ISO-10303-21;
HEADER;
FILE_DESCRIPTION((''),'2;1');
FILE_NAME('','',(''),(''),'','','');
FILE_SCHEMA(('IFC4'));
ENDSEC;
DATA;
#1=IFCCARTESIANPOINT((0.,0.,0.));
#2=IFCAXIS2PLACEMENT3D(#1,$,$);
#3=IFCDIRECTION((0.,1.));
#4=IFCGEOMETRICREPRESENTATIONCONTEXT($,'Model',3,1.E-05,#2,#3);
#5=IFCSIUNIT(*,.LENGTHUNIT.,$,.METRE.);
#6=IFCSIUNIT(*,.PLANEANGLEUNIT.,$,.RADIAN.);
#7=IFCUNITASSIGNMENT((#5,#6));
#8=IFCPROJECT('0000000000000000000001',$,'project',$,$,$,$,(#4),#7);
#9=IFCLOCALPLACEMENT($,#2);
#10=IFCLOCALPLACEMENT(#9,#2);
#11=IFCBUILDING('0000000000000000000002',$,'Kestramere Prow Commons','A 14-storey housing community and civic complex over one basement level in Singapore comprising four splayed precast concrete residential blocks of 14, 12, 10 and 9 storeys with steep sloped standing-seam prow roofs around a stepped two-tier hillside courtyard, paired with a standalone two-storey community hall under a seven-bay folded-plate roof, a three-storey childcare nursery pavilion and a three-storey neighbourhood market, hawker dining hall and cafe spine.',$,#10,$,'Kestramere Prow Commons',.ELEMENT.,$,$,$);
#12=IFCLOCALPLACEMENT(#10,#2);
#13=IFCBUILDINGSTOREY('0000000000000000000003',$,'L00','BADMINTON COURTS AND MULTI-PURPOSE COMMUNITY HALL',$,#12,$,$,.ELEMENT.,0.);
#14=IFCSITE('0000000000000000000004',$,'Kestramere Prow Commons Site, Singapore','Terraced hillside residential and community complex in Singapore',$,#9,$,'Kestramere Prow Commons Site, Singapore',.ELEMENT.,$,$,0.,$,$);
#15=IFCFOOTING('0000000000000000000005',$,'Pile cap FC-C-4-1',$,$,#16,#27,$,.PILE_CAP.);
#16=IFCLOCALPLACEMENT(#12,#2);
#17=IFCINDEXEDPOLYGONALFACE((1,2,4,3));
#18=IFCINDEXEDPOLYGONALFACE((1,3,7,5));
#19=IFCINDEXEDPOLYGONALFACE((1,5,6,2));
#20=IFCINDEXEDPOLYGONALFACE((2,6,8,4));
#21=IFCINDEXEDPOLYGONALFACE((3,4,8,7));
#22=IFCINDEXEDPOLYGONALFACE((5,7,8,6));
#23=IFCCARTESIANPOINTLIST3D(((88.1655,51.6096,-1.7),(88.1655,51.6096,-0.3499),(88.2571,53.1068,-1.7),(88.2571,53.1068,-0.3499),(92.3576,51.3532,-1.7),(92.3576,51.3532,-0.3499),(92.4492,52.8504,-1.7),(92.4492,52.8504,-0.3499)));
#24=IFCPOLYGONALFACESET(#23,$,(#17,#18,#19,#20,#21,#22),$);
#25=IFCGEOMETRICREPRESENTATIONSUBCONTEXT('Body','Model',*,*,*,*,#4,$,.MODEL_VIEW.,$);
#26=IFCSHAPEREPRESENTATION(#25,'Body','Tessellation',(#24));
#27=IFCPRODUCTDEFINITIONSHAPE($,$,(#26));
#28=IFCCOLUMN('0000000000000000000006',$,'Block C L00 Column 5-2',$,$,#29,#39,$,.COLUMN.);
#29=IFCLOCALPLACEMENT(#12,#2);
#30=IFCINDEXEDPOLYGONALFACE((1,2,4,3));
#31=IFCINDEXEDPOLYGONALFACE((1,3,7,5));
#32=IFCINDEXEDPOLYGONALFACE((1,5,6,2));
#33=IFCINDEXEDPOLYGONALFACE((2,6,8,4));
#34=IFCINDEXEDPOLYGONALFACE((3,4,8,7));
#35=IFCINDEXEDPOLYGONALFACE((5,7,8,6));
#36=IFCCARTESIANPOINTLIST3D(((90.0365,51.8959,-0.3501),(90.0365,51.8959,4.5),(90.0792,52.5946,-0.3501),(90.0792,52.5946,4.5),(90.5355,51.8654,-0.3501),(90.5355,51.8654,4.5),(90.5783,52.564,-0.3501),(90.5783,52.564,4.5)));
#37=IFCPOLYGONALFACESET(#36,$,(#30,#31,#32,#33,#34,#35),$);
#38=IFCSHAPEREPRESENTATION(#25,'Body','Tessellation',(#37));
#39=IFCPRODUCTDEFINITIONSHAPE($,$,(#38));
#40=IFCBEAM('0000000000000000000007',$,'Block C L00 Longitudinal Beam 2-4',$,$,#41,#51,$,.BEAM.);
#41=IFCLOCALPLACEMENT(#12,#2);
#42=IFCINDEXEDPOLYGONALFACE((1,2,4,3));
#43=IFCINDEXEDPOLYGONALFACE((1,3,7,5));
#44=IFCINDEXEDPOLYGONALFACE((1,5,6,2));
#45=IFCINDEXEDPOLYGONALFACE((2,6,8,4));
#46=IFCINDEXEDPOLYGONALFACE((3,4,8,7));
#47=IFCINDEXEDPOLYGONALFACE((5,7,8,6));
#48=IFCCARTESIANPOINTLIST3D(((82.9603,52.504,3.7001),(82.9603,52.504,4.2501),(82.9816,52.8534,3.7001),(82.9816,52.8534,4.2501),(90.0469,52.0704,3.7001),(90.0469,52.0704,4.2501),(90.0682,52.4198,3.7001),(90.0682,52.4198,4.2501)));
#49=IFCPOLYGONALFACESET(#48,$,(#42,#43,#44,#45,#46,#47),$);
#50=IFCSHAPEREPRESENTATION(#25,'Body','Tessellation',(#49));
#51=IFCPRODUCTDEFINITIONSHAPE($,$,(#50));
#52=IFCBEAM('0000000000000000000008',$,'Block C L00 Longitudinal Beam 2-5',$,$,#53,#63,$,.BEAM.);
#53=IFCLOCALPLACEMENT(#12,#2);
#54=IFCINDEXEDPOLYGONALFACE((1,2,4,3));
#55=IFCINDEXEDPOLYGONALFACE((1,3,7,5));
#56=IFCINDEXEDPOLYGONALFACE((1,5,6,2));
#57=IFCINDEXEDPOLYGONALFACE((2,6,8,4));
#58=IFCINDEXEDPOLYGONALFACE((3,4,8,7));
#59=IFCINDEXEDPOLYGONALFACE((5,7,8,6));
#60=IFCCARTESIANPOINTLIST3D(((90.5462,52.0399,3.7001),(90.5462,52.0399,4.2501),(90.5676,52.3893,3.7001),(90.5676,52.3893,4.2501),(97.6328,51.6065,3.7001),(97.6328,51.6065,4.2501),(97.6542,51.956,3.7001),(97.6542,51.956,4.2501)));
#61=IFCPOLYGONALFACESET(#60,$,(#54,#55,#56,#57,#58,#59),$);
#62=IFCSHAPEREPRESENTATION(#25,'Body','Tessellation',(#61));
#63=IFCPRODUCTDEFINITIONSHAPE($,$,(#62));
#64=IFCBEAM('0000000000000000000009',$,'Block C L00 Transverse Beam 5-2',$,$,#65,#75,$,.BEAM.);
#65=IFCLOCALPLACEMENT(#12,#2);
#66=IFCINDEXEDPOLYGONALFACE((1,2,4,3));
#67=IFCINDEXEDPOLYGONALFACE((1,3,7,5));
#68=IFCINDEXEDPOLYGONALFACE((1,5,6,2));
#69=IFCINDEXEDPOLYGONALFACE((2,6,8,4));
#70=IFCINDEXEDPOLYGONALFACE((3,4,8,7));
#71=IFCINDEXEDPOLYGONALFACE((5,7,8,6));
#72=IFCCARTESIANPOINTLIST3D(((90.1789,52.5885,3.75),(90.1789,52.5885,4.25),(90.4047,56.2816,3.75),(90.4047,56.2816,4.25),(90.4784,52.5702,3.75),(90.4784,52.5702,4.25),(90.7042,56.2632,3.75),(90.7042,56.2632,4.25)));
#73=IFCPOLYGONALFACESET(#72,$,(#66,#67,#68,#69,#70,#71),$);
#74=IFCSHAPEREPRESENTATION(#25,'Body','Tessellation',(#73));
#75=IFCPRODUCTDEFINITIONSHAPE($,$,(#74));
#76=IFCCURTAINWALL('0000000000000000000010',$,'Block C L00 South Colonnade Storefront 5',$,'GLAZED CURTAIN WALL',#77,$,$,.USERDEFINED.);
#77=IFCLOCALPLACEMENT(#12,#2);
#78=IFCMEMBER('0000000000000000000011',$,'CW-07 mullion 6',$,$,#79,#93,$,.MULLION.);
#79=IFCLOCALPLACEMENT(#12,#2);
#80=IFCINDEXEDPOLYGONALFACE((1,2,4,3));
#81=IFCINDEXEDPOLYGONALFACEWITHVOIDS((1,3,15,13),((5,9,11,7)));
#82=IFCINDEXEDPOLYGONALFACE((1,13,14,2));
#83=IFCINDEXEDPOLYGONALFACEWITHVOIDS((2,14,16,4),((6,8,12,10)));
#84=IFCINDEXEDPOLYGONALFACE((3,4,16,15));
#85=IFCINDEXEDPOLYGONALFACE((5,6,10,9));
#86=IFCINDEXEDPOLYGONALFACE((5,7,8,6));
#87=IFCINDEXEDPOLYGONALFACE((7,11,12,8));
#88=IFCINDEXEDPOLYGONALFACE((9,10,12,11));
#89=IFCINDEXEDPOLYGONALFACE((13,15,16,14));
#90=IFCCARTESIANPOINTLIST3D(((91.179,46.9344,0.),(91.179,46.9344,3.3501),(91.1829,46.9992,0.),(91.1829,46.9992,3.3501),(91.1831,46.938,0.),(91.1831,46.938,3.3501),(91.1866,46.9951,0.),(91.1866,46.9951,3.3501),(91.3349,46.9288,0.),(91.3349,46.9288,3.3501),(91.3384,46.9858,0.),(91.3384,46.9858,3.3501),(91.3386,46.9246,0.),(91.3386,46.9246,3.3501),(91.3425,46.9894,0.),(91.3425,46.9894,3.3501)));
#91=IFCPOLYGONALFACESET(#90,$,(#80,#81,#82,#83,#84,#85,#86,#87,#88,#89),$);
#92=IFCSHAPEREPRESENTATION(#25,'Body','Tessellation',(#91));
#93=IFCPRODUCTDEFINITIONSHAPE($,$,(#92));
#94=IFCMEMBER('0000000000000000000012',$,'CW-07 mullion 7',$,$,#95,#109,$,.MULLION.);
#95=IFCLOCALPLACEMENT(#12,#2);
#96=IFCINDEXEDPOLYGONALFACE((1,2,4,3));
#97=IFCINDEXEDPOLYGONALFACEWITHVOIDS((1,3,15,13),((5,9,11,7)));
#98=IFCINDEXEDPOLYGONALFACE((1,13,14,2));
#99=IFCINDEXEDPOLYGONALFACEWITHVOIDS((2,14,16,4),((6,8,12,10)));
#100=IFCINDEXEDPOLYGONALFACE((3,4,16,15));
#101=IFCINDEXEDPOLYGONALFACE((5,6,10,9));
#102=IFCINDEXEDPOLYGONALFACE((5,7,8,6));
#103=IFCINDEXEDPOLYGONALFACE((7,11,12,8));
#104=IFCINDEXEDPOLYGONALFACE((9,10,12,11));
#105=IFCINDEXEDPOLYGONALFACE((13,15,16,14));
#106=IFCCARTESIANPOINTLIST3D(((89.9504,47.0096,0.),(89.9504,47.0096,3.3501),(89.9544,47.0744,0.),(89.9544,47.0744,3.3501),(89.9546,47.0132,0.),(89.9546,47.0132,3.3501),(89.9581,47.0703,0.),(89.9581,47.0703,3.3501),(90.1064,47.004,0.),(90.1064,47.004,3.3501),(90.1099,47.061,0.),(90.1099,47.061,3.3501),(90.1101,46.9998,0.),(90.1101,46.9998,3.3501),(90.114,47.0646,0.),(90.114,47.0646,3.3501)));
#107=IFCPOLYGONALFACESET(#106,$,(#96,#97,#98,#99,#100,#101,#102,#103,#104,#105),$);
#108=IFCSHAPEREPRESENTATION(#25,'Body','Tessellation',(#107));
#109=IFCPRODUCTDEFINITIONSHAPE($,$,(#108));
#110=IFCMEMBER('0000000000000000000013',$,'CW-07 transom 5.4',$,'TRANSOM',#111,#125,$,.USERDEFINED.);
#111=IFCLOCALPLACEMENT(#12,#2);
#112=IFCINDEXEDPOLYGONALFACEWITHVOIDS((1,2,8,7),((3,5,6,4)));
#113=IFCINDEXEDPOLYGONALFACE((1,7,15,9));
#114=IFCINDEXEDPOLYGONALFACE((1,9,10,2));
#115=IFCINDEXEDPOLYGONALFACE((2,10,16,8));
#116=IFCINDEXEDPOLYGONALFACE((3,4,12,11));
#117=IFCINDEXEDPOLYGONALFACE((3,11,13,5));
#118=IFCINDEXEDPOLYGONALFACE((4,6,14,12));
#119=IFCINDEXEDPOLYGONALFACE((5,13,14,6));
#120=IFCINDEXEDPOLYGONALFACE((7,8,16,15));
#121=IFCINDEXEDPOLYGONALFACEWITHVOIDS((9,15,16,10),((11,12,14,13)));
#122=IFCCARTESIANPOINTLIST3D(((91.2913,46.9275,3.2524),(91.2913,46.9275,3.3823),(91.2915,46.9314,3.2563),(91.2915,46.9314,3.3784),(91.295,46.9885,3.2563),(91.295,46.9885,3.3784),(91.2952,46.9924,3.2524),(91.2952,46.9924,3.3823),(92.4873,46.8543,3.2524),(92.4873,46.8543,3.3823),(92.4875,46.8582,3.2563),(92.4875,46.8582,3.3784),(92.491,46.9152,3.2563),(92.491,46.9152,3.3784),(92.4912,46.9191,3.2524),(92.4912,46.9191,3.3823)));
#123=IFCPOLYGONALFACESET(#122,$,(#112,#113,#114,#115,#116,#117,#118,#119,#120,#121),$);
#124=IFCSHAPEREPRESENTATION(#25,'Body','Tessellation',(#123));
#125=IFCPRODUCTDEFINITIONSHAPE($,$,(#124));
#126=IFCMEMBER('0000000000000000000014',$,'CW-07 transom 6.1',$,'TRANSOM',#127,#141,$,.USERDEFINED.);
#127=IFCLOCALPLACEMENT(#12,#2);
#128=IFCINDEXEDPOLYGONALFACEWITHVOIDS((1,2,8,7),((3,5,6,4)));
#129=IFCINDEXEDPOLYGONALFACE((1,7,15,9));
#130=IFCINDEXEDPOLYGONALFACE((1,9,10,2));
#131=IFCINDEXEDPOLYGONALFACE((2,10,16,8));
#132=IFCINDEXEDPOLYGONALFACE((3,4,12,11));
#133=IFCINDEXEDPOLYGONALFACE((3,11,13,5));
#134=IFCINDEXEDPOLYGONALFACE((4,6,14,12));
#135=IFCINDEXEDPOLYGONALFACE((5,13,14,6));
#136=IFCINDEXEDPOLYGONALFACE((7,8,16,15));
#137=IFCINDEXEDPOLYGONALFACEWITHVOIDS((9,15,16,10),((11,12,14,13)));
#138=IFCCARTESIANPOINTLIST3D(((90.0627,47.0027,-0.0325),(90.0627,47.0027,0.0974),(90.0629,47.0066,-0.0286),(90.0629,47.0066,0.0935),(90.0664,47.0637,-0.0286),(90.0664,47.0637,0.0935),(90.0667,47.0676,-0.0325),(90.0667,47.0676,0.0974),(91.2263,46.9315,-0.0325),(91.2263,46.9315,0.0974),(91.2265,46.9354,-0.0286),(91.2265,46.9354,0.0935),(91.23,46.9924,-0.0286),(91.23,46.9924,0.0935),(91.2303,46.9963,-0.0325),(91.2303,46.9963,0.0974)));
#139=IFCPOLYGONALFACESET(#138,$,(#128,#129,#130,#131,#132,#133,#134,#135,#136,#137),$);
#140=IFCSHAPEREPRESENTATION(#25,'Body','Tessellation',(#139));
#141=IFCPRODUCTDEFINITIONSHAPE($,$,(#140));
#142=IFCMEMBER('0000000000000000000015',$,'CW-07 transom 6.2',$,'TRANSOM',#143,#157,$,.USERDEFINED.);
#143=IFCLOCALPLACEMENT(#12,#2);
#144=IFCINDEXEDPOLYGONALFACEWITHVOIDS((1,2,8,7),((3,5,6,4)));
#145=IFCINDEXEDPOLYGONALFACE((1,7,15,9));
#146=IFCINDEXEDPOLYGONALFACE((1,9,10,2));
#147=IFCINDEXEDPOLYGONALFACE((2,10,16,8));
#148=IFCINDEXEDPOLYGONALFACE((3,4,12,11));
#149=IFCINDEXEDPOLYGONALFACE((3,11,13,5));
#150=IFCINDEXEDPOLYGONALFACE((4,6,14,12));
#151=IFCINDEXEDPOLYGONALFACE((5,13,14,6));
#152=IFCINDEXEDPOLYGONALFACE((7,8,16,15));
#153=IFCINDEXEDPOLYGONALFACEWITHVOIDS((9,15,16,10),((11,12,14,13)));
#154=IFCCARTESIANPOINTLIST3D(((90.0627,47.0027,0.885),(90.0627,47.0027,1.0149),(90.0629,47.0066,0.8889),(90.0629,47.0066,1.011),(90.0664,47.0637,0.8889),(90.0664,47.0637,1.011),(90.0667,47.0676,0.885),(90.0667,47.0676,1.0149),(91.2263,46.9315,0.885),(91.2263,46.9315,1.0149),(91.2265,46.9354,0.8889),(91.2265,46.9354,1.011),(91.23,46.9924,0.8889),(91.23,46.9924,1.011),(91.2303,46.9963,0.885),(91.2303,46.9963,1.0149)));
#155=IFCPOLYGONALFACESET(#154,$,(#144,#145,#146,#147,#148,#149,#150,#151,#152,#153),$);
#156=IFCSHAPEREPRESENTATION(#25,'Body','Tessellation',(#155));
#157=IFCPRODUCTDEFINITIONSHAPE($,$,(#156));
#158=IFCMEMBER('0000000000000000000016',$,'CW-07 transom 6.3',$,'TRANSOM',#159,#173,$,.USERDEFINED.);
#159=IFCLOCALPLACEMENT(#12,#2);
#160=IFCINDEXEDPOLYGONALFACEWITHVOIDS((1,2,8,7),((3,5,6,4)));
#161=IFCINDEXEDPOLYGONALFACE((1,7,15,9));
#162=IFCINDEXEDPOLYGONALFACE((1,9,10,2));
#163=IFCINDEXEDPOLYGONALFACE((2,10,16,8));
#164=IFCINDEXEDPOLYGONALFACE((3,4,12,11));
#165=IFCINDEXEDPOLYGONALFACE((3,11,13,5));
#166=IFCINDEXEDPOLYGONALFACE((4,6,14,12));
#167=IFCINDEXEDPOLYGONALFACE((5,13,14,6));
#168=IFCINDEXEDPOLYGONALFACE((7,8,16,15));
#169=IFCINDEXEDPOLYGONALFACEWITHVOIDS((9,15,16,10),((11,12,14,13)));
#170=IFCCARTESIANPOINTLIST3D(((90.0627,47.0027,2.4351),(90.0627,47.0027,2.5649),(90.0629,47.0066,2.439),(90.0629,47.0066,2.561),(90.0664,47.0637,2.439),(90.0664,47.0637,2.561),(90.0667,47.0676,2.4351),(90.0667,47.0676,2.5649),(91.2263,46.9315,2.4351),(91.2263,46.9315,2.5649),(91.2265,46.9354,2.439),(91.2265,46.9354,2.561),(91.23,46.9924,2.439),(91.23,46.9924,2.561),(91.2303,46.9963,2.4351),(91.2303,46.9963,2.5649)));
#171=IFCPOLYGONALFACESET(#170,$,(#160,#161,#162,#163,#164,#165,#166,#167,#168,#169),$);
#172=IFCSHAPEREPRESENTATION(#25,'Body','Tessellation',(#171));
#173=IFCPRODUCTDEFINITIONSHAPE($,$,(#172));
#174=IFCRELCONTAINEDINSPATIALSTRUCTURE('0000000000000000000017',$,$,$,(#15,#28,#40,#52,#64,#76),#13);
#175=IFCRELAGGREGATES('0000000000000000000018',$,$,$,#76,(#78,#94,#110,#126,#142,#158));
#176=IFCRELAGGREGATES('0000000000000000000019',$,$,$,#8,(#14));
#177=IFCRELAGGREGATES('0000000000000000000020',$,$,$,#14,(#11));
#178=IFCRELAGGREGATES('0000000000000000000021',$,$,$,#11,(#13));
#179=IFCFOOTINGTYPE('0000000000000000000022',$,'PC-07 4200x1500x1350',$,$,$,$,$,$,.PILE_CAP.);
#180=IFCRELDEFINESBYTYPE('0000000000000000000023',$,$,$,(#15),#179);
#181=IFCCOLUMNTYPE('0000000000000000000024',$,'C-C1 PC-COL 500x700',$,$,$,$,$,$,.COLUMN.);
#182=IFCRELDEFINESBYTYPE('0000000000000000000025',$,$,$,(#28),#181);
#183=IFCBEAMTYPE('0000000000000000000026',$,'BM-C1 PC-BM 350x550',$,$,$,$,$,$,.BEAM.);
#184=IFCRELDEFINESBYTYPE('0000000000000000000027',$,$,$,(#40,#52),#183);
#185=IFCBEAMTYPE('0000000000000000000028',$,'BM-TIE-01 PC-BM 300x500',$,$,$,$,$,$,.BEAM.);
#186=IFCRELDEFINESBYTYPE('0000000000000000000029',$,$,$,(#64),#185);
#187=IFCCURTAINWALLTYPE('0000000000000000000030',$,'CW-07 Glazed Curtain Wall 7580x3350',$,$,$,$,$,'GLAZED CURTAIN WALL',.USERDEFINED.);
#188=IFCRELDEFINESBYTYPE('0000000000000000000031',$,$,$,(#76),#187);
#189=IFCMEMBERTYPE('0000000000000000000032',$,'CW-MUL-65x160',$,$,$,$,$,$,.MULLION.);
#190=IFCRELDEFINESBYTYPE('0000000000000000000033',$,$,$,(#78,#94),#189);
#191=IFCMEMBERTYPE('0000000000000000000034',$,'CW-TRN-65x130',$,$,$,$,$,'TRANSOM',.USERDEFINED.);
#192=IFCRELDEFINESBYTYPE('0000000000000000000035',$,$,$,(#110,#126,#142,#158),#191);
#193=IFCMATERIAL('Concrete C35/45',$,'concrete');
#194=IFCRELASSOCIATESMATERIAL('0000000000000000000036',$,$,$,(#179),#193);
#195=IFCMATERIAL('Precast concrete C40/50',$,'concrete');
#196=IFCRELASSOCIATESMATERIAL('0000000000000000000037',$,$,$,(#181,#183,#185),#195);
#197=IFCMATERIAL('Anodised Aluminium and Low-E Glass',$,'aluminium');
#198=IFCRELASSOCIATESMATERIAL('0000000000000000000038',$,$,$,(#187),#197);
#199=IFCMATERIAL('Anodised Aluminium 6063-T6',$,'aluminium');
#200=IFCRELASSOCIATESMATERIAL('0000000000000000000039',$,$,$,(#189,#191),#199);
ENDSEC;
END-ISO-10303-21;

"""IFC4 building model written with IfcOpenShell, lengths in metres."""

from ifc_helpers import new_model, si_unit, direction, frame, origin, origin_2d, place, context, subcontext, project, spatial, rectangle, hollow_rectangle, extrude, material, material_profile, profile_set, type_object, element, aggregate, save


model = new_model("IFC4")

# Units and contexts
model_context = context("Model", 3, precision=1e-05, world=origin(), true_north=direction((0.0, 1.0)))
body_context = subcontext(model_context, "Body", "Model", "MODEL_VIEW")
ifc_project = project(units=[si_unit("LENGTHUNIT", "METRE"), si_unit("PLANEANGLEUNIT", "RADIAN")], contexts=[model_context])

# Site, building, storey
site_placement = place(None, origin())
site = spatial("IfcSite", under=ifc_project, at=site_placement, Name="Kestramere Prow Commons Site, Singapore", Description="Terraced hillside residential and community complex in Singapore", LongName="Kestramere Prow Commons Site, Singapore", CompositionType="ELEMENT", RefElevation=0.0)
building_placement = place(site_placement, origin())
building = spatial("IfcBuilding", under=site, at=building_placement, Name="Kestramere Prow Commons", Description="A 14-storey housing community and civic complex over one basement level in Singapore comprising four splayed precast concrete residential blocks of 14, 12, 10 and 9 storeys with steep sloped standing-seam prow roofs around a stepped two-tier hillside courtyard, paired with a standalone two-storey community hall under a seven-bay folded-plate roof, a three-storey childcare nursery pavilion and a three-storey neighbourhood market, hawker dining hall and cafe spine.", LongName="Kestramere Prow Commons", CompositionType="ELEMENT")
storey_placement = place(building_placement, origin())
storey = spatial("IfcBuildingStorey", under=building, at=storey_placement, Name="L00", Description="BADMINTON COURTS AND MULTI-PURPOSE COMMUNITY HALL", CompositionType="ELEMENT", Elevation=0.0)

# Shared definitions
ifc_material_1 = material(Name="Concrete C35/45", Category="concrete")

# Footing
footing_type_1 = type_object("IfcFootingType", Name="PC-07 4200x1500x1350", PredefinedType="PILE_CAP", material=ifc_material_1)
footing_1_placement = place(storey_placement, frame((90.3074, 52.23, -1.7), z_axis=(0.0, 0.0, 1.0), x_axis=(0.998135, -0.061049, 0.0)))
element("IfcFooting", 1, at=footing_1_placement, inside=storey, type_object=footing_type_1, Name="Pile cap FC-C-4-1", PredefinedType="PILE_CAP", context=body_context, shape_type="SweptSolid", body=[
    extrude(rectangle(XDim=4.2, YDim=1.5, at=origin_2d()), origin(), (0.0, 0.0, 1.0), 1.3501),
])

# Column
ifc_material_2 = material(Name="Precast concrete C40/50", Category="concrete")
ifc_material_profile_1 = material_profile(ifc_material_2, rectangle(XDim=0.5, YDim=0.7, at=origin_2d()), Name="PC-COL 500x700")
ifc_profile_set_1 = profile_set([ifc_material_profile_1], Name="Precast concrete C40/50")
column_type = type_object("IfcColumnType", Name="C-C1 PC-COL 500x700", PredefinedType="COLUMN", material=ifc_profile_set_1)
column_placement = place(storey_placement, frame((90.3074, 52.23, -0.3501), z_axis=(0.0, 0.0, 1.0), x_axis=(0.998135, -0.061049, 0.0)))
element("IfcColumn", 2, at=column_placement, inside=storey, type_object=column_type, Name="Block C L00 Column 5-2", PredefinedType="COLUMN", context=body_context, shape_type="SweptSolid", body=[
    extrude(rectangle(XDim=0.5, YDim=0.7, at=origin_2d()), origin(), (0.0, 0.0, 1.0), 4.8501),
])

# Beams
ifc_material_profile_2 = material_profile(ifc_material_2, rectangle(XDim=0.3501, YDim=0.55, at=origin_2d()), Name="PC-BM 350x550")
ifc_profile_set_2 = profile_set([ifc_material_profile_2], Name="Precast concrete C40/50")
beam_type_1 = type_object("IfcBeamType", Name="BM-C1 PC-BM 350x550", PredefinedType="BEAM", material=ifc_profile_set_2)
for number, where, z_axis, x_axis, name in (
    (3, (82.9709, 52.6787, 3.9751), (0.998133, -0.06107, 0.0), (0.06107, 0.998133, 0.0), "Block C L00 Longitudinal Beam 2-4"),
    (4, (90.5569, 52.2146, 3.9751), (0.998136, -0.061036, 0.0), (0.061036, 0.998136, 0.0), "Block C L00 Longitudinal Beam 2-5"),
):
    element("IfcBeam", number, at=place(storey_placement, frame(where, z_axis=z_axis, x_axis=x_axis)), inside=storey, type_object=beam_type_1, Name=name, PredefinedType="BEAM", context=body_context, shape_type="SweptSolid", body=[
        extrude(rectangle(XDim=0.3501, YDim=0.55, at=origin_2d()), origin(), (0.0, 0.0, 1.0), 7.0999),
    ])
ifc_material_profile_3 = material_profile(ifc_material_2, rectangle(XDim=0.3, YDim=0.5, at=origin_2d()), Name="PC-BM 300x500")
ifc_profile_set_3 = profile_set([ifc_material_profile_3], Name="Precast concrete C40/50")
beam_type_2 = type_object("IfcBeamType", Name="BM-TIE-01 PC-BM 300x500", PredefinedType="BEAM", material=ifc_profile_set_3)
beam_placement = place(storey_placement, frame((90.3286, 52.5793, 4.0), z_axis=(0.061035, 0.998136, 0.0), x_axis=(-0.998136, 0.061035, 0.0)))
element("IfcBeam", 5, at=beam_placement, inside=storey, type_object=beam_type_2, Name="Block C L00 Transverse Beam 5-2", PredefinedType="BEAM", context=body_context, shape_type="SweptSolid", body=[
    extrude(rectangle(XDim=0.3, YDim=0.5, at=origin_2d()), origin(), (0.0, 0.0, 1.0), 3.7),
])

# Curtain wall, members
ifc_material_3 = material(Name="Anodised Aluminium and Low-E Glass", Category="aluminium")
curtain_wall_type = type_object("IfcCurtainWallType", Name="CW-07 Glazed Curtain Wall 7580x3350", ElementType="GLAZED CURTAIN WALL", PredefinedType="USERDEFINED", material=ifc_material_3)
curtain_wall_placement = place(storey_placement, origin())
curtain_wall = element("IfcCurtainWall", 6, at=curtain_wall_placement, inside=storey, type_object=curtain_wall_type, Name="Block C L00 South Colonnade Storefront 5", ObjectType="GLAZED CURTAIN WALL", PredefinedType="USERDEFINED")
ifc_material_4 = material(Name="Anodised Aluminium 6063-T6", Category="aluminium")
ifc_material_profile_4 = material_profile(ifc_material_4, hollow_rectangle(XDim=0.0649, YDim=0.1599, WallThickness=0.0039, at=origin_2d()), Name="ALU-MUL 65x160")
ifc_profile_set_4 = profile_set([ifc_material_profile_4], Name="Anodised Aluminium 6063-T6")
member_type_1 = type_object("IfcMemberType", Name="CW-MUL-65x160", PredefinedType="MULLION", material=ifc_profile_set_4)
member_1_placement = place(storey_placement, frame((91.2607, 46.9619, 0.0), z_axis=(0.0, 0.0, 1.0), x_axis=(-0.061049, -0.998135, 0.0)))
member_1 = element("IfcMember", 7, at=member_1_placement, type_object=member_type_1, Name="CW-07 mullion 6", PredefinedType="MULLION", context=body_context, shape_type="SweptSolid", body=[
    extrude(hollow_rectangle(XDim=0.0649, YDim=0.1599, WallThickness=0.0039, at=origin_2d()), origin(), (0.0, 0.0, 1.0), 3.3501),
])
member_2_placement = place(storey_placement, frame((90.0322, 47.0371, 0.0), z_axis=(0.0, 0.0, 1.0), x_axis=(-0.061049, -0.998135, 0.0)))
member_2 = element("IfcMember", 8, at=member_2_placement, type_object=member_type_1, Name="CW-07 mullion 7", PredefinedType="MULLION", context=body_context, shape_type="SweptSolid", body=[
    extrude(hollow_rectangle(XDim=0.0649, YDim=0.1599, WallThickness=0.0039, at=origin_2d()), origin(), (0.0, 0.0, 1.0), 3.3501),
])
ifc_material_profile_5 = material_profile(ifc_material_4, hollow_rectangle(XDim=0.0649, YDim=0.1299, WallThickness=0.0039, at=origin_2d()), Name="ALU-TRN 65x130")
ifc_profile_set_5 = profile_set([ifc_material_profile_5], Name="Anodised Aluminium 6063-T6")
member_type_2 = type_object("IfcMemberType", Name="CW-TRN-65x130", ElementType="TRANSOM", PredefinedType="USERDEFINED", material=ifc_profile_set_5)
member_3_placement = place(storey_placement, frame((92.4893, 46.8867, 3.3174), z_axis=(-0.99813, 0.061122, 0.0), x_axis=(-0.061122, -0.99813, 0.0)))
member_3 = element("IfcMember", 9, at=member_3_placement, type_object=member_type_2, Name="CW-07 transom 5.4", ObjectType="TRANSOM", PredefinedType="USERDEFINED", context=body_context, shape_type="SweptSolid", body=[
    extrude(hollow_rectangle(XDim=0.0649, YDim=0.1299, WallThickness=0.0039, at=origin_2d()), origin(), (0.0, 0.0, 1.0), 1.1982),
])
member_4_placement = place(storey_placement, frame((91.2283, 46.9639, 0.0325), z_axis=(-0.998128, 0.061153, 0.0), x_axis=(-0.061153, -0.998128, 0.0)))
member_4 = element("IfcMember", 10, at=member_4_placement, type_object=member_type_2, Name="CW-07 transom 6.1", ObjectType="TRANSOM", PredefinedType="USERDEFINED", context=body_context, shape_type="SweptSolid", body=[
    extrude(hollow_rectangle(XDim=0.0649, YDim=0.1299, WallThickness=0.0039, at=origin_2d()), origin(), (0.0, 0.0, 1.0), 1.1658),
])
member_5_placement = place(storey_placement, frame((91.2283, 46.9639, 0.95), z_axis=(-0.998128, 0.061153, 0.0), x_axis=(-0.061153, -0.998128, 0.0)))
member_5 = element("IfcMember", 11, at=member_5_placement, type_object=member_type_2, Name="CW-07 transom 6.2", ObjectType="TRANSOM", PredefinedType="USERDEFINED", context=body_context, shape_type="SweptSolid", body=[
    extrude(hollow_rectangle(XDim=0.0649, YDim=0.1299, WallThickness=0.0039, at=origin_2d()), origin(), (0.0, 0.0, 1.0), 1.1658),
])
member_6_placement = place(storey_placement, frame((91.2283, 46.9639, 2.5), z_axis=(-0.998128, 0.061153, 0.0), x_axis=(-0.061153, -0.998128, 0.0)))
member_6 = element("IfcMember", 12, at=member_6_placement, type_object=member_type_2, Name="CW-07 transom 6.3", ObjectType="TRANSOM", PredefinedType="USERDEFINED", context=body_context, shape_type="SweptSolid", body=[
    extrude(hollow_rectangle(XDim=0.0649, YDim=0.1299, WallThickness=0.0039, at=origin_2d()), origin(), (0.0, 0.0, 1.0), 1.1658),
])
aggregate(curtain_wall, [member_1, member_2, member_3, member_4, member_5, member_6])

save(model, "model.ifc")
